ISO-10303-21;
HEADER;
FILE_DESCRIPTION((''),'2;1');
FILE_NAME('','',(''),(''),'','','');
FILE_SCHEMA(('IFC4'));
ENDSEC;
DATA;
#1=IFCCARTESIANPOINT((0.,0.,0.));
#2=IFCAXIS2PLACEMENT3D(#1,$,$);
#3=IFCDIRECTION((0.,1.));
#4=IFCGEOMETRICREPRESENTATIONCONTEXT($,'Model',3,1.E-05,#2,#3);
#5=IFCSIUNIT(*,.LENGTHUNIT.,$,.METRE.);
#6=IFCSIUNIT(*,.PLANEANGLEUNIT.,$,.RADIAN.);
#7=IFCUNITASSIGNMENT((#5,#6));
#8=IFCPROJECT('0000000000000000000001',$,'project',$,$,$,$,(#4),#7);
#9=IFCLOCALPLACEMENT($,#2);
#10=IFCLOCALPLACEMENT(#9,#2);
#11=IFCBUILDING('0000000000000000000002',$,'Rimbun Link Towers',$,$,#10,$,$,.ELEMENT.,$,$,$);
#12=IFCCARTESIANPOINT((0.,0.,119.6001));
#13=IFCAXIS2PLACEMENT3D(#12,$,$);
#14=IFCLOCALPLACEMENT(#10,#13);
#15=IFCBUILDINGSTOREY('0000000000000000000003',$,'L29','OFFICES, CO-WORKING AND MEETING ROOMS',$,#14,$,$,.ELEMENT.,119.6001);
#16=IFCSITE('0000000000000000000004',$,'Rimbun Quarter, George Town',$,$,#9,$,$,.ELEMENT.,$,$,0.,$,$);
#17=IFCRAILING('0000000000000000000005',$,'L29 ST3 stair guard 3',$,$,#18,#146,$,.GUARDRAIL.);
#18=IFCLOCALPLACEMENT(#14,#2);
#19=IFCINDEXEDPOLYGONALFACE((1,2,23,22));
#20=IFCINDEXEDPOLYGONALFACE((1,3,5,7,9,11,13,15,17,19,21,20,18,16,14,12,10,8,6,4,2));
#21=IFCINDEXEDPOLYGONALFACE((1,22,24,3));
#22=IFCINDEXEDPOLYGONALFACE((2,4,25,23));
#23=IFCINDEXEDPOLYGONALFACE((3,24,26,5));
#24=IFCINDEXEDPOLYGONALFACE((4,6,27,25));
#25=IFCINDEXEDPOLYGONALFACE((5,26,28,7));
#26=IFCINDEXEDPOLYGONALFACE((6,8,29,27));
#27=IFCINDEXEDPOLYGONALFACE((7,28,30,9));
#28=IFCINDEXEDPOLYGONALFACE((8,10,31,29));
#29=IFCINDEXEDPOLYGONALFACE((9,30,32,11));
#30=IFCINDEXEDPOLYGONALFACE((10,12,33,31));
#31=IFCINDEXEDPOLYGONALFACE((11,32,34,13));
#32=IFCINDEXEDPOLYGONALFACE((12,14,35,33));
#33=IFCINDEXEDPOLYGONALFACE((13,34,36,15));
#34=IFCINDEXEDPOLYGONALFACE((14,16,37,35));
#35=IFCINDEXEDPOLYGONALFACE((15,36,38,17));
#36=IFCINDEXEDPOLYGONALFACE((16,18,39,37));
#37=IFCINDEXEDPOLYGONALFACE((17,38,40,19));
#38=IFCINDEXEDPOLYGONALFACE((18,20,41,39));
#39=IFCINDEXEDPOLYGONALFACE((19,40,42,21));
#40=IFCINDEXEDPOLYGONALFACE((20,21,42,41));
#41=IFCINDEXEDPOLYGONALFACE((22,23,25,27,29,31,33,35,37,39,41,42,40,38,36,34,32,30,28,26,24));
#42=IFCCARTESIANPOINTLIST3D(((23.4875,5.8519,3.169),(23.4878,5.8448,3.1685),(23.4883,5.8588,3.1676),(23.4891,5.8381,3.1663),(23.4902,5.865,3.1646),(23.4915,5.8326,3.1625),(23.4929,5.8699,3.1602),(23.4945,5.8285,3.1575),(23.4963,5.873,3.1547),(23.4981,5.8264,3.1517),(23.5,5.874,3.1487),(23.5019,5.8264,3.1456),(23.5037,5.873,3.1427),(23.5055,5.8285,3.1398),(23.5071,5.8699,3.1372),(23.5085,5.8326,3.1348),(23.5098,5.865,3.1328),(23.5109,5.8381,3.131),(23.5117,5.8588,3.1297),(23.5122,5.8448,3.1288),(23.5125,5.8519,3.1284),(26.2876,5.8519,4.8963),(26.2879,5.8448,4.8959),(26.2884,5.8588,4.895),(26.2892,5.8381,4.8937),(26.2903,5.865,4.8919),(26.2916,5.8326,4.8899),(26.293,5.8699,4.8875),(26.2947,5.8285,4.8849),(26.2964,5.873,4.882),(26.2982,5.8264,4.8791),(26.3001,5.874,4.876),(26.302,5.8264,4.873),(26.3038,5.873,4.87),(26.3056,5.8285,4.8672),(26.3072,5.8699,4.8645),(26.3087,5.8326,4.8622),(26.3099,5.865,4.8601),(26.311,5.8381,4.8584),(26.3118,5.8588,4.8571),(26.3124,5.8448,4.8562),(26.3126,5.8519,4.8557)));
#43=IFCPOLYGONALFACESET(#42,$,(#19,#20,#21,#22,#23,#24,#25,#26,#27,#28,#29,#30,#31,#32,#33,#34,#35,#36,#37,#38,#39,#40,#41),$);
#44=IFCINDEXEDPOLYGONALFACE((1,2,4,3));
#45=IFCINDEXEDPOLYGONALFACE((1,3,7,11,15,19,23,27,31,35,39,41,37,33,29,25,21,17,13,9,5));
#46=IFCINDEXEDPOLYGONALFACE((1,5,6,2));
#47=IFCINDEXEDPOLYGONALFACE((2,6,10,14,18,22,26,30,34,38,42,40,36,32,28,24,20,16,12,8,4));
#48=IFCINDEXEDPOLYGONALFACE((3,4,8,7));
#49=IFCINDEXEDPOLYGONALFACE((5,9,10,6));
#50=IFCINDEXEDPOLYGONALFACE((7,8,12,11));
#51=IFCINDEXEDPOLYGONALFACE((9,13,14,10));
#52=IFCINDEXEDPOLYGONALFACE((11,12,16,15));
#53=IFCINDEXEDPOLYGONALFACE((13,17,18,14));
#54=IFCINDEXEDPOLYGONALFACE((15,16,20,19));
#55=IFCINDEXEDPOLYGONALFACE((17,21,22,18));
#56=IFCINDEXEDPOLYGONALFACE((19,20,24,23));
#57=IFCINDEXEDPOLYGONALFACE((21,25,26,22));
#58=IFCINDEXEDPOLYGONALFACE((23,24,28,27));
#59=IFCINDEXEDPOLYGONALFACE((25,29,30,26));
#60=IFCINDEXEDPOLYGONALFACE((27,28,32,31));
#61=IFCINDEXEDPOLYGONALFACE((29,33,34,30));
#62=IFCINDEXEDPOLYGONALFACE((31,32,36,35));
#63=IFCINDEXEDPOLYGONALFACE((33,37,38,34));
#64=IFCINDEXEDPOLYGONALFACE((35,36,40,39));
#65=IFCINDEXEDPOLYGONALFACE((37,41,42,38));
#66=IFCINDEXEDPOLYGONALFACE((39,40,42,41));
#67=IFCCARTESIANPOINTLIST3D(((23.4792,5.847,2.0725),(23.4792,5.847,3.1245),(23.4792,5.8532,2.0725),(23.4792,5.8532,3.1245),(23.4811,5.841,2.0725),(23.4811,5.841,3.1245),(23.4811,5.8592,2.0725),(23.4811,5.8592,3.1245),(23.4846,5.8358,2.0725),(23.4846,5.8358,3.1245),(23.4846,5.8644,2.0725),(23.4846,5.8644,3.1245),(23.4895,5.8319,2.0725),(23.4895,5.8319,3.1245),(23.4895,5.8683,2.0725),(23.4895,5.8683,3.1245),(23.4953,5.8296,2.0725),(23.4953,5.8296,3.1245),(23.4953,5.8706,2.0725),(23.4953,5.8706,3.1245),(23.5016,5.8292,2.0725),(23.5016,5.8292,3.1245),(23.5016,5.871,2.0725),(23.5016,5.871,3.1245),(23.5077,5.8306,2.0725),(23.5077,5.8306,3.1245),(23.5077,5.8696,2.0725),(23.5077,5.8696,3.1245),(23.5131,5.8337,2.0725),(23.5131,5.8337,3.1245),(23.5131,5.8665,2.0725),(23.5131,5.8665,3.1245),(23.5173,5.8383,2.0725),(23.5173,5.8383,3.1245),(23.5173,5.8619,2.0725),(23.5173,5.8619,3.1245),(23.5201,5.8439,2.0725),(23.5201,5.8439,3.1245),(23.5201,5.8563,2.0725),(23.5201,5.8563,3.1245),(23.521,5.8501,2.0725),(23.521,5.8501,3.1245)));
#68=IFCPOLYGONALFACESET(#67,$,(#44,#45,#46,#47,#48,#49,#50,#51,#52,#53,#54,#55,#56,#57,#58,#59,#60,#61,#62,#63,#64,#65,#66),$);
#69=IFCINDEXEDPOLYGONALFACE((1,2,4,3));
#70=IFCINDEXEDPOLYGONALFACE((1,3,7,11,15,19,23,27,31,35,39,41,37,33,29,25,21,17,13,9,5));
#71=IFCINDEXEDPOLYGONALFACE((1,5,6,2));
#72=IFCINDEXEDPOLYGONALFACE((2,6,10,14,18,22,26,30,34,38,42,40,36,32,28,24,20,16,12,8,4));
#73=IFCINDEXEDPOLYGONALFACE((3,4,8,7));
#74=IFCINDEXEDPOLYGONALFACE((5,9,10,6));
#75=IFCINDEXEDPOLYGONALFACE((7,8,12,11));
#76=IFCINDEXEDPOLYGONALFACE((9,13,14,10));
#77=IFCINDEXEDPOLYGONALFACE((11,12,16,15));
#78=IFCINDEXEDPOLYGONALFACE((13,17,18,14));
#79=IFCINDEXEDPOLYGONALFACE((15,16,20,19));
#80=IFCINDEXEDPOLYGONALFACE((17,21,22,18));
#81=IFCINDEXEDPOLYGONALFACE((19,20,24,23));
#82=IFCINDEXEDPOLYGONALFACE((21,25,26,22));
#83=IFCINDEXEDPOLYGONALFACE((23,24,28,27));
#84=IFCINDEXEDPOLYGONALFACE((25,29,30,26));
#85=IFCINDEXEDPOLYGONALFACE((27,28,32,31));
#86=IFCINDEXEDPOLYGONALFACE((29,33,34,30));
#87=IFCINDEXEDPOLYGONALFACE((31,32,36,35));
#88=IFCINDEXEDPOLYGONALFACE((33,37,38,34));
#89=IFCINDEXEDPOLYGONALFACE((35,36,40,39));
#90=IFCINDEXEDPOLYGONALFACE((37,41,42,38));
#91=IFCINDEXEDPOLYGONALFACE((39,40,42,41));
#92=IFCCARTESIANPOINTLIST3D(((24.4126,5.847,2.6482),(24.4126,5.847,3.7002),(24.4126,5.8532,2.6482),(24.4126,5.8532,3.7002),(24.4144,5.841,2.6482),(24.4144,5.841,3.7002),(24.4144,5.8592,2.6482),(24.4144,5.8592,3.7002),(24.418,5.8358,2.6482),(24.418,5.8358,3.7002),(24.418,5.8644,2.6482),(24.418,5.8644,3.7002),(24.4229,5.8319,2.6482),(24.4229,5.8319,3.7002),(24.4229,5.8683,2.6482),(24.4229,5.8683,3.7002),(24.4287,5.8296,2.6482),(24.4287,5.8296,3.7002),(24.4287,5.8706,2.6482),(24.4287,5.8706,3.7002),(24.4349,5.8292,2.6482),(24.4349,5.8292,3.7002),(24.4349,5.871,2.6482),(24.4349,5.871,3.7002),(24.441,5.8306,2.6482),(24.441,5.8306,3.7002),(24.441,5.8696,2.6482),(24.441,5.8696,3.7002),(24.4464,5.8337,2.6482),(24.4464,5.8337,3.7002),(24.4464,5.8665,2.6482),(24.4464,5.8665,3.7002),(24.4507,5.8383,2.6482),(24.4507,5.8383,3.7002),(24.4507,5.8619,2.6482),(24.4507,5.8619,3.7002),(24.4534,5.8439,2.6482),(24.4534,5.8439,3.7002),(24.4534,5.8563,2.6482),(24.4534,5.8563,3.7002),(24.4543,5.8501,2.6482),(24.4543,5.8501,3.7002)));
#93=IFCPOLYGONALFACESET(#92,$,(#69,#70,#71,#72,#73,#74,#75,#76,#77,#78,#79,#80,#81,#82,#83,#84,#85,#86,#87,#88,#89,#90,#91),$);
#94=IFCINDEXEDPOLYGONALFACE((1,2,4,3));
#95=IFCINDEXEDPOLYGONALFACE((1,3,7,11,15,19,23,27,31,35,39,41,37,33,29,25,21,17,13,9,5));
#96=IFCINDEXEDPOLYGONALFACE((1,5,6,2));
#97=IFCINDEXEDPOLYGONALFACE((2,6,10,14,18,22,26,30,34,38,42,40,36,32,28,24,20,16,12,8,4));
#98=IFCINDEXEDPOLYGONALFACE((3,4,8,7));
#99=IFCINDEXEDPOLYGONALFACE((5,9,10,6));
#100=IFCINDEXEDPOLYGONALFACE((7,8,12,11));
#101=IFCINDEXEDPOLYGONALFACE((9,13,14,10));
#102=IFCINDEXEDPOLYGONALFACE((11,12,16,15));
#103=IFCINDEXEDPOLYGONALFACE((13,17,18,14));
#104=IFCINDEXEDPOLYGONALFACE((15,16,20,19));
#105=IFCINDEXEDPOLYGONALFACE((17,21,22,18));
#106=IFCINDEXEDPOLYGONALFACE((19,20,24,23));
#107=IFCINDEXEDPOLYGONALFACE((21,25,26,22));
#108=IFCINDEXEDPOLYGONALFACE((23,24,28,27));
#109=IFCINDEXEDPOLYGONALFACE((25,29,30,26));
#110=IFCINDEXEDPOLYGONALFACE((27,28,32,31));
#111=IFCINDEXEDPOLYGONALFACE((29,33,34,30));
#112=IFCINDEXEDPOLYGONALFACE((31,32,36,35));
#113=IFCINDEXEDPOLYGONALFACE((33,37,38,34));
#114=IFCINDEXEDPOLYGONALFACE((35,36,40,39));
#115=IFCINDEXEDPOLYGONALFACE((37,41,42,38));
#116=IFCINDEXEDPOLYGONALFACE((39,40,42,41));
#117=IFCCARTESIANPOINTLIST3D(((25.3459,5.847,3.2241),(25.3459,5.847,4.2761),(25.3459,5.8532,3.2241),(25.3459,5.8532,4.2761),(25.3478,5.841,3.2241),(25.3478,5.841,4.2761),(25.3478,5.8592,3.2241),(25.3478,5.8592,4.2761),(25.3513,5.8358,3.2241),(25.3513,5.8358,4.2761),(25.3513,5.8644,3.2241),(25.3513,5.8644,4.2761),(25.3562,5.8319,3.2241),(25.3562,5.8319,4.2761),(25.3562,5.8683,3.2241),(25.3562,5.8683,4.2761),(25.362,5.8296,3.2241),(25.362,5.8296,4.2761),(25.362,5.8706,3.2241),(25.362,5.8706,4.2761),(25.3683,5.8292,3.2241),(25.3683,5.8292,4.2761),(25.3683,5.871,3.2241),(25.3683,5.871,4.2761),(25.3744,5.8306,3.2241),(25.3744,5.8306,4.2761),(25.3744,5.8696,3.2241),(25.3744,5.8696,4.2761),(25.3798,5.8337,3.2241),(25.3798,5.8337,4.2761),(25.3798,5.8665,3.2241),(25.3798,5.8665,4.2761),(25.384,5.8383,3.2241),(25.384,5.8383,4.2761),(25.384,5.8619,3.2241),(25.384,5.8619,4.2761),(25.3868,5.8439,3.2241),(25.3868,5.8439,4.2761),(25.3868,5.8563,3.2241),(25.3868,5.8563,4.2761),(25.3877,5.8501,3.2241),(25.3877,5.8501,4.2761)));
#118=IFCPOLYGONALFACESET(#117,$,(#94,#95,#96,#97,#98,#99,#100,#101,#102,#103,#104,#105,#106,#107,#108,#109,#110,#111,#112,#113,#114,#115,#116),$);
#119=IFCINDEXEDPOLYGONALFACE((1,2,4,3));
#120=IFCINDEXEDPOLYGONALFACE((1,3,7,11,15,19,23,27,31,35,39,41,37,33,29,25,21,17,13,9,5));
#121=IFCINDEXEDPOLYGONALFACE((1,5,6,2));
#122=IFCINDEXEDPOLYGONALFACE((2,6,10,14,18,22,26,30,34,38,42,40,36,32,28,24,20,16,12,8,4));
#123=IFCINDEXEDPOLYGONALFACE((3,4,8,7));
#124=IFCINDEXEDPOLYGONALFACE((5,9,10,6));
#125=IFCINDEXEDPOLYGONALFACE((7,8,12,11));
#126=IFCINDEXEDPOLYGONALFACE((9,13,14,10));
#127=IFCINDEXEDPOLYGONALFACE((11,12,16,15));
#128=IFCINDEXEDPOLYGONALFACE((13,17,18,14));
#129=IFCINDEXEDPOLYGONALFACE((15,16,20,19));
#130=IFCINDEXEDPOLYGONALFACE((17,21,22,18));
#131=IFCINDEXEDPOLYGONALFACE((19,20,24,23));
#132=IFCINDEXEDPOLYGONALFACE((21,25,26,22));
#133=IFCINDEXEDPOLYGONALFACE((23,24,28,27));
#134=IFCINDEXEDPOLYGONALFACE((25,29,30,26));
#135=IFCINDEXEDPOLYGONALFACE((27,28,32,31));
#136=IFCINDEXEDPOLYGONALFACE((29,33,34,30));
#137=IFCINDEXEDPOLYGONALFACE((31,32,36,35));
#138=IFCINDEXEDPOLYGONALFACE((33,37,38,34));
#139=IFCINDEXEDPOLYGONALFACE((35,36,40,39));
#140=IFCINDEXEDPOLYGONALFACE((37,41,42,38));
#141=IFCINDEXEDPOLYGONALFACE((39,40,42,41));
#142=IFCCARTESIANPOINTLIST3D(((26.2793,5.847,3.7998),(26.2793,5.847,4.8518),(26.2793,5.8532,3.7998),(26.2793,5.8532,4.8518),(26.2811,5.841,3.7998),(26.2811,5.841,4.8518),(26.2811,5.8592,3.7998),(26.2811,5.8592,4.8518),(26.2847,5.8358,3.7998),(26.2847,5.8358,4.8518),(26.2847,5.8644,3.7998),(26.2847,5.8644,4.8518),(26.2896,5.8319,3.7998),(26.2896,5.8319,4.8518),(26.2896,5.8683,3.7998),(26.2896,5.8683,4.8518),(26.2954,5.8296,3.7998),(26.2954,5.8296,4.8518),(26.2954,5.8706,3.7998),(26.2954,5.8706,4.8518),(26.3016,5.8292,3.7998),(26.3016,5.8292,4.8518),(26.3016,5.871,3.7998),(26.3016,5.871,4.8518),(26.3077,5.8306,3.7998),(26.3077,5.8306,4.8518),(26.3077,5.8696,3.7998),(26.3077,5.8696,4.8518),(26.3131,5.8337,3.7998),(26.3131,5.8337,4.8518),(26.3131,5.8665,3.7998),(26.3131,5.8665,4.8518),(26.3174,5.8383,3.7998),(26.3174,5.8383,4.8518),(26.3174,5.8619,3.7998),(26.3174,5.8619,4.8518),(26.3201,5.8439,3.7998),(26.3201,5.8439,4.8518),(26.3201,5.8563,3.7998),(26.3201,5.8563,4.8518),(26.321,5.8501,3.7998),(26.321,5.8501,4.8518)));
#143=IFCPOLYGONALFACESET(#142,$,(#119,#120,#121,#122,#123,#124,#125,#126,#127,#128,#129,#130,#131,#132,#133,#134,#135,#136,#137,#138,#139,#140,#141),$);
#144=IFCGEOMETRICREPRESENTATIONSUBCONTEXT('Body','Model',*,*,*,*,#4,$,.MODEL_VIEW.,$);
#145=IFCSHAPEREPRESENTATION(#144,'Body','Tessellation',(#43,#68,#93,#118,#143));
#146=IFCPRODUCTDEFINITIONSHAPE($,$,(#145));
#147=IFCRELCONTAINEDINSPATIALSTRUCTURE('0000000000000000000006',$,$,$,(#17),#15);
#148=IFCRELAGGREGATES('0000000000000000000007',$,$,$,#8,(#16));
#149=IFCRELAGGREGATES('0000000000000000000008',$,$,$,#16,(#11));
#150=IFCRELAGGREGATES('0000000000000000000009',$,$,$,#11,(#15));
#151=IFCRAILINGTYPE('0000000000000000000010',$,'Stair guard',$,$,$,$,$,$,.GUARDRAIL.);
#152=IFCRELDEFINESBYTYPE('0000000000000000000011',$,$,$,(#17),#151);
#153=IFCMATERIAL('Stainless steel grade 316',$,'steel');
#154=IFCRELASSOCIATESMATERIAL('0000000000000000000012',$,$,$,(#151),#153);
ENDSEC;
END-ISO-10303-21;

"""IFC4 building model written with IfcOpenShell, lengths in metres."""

from ifc_helpers import new_model, si_unit, direction, frame, origin, origin_2d, place, context, subcontext, project, spatial, circle, extrude, material, type_object, element, save


model = new_model("IFC4")

# Units and contexts
model_context = context("Model", 3, precision=1e-05, world=origin(), true_north=direction((0.0, 1.0)))
body_context = subcontext(model_context, "Body", "Model", "MODEL_VIEW")
ifc_project = project(units=[si_unit("LENGTHUNIT", "METRE"), si_unit("PLANEANGLEUNIT", "RADIAN")], contexts=[model_context])

# Site, building, storey
site_placement = place(None, origin())
site = spatial("IfcSite", under=ifc_project, at=site_placement, Name="Rimbun Quarter, George Town", CompositionType="ELEMENT", RefElevation=0.0)
building_placement = place(site_placement, origin())
building = spatial("IfcBuilding", under=site, at=building_placement, Name="Rimbun Link Towers", CompositionType="ELEMENT")
storey_placement = place(building_placement, frame((0.0, 0.0, 119.6001)))
storey = spatial("IfcBuildingStorey", under=building, at=storey_placement, Name="L29", Description="OFFICES, CO-WORKING AND MEETING ROOMS", CompositionType="ELEMENT", Elevation=119.6001)

# Railing
ifc_material_1 = material(Name="Stainless steel grade 316", Category="steel")
railing_type_1 = type_object("IfcRailingType", Name="Stair guard", PredefinedType="GUARDRAIL", material=ifc_material_1)
railing_1_placement = place(storey_placement, frame((23.5, 5.8501, 2.0725)))
element("IfcRailing", 1, at=railing_1_placement, inside=storey, type_object=railing_type_1, Name="L29 ST3 stair guard 3", PredefinedType="GUARDRAIL", context=body_context, shape_type="SweptSolid", body=[
    extrude(circle(Radius=0.0239, at=origin_2d()), frame((0.0, 0.0, 1.0762), z_axis=(0.85109, 0.0, 0.52502), x_axis=(0.0, 1.0, 0.0)), (0.0, 0.0, 1.0), 3.29),
    extrude(circle(Radius=0.021, at=origin_2d()), origin(), (0.0, 0.0, 1.0), 1.052),
    extrude(circle(Radius=0.021, at=origin_2d()), frame((0.9333, 0.0, 0.5757)), (0.0, 0.0, 1.0), 1.052),
    extrude(circle(Radius=0.021, at=origin_2d()), frame((1.8667, 0.0, 1.1516)), (0.0, 0.0, 1.0), 1.052),
    extrude(circle(Radius=0.021, at=origin_2d()), frame((2.8, 0.0, 1.7273)), (0.0, 0.0, 1.0), 1.052),
])

save(model, "model.ifc")
